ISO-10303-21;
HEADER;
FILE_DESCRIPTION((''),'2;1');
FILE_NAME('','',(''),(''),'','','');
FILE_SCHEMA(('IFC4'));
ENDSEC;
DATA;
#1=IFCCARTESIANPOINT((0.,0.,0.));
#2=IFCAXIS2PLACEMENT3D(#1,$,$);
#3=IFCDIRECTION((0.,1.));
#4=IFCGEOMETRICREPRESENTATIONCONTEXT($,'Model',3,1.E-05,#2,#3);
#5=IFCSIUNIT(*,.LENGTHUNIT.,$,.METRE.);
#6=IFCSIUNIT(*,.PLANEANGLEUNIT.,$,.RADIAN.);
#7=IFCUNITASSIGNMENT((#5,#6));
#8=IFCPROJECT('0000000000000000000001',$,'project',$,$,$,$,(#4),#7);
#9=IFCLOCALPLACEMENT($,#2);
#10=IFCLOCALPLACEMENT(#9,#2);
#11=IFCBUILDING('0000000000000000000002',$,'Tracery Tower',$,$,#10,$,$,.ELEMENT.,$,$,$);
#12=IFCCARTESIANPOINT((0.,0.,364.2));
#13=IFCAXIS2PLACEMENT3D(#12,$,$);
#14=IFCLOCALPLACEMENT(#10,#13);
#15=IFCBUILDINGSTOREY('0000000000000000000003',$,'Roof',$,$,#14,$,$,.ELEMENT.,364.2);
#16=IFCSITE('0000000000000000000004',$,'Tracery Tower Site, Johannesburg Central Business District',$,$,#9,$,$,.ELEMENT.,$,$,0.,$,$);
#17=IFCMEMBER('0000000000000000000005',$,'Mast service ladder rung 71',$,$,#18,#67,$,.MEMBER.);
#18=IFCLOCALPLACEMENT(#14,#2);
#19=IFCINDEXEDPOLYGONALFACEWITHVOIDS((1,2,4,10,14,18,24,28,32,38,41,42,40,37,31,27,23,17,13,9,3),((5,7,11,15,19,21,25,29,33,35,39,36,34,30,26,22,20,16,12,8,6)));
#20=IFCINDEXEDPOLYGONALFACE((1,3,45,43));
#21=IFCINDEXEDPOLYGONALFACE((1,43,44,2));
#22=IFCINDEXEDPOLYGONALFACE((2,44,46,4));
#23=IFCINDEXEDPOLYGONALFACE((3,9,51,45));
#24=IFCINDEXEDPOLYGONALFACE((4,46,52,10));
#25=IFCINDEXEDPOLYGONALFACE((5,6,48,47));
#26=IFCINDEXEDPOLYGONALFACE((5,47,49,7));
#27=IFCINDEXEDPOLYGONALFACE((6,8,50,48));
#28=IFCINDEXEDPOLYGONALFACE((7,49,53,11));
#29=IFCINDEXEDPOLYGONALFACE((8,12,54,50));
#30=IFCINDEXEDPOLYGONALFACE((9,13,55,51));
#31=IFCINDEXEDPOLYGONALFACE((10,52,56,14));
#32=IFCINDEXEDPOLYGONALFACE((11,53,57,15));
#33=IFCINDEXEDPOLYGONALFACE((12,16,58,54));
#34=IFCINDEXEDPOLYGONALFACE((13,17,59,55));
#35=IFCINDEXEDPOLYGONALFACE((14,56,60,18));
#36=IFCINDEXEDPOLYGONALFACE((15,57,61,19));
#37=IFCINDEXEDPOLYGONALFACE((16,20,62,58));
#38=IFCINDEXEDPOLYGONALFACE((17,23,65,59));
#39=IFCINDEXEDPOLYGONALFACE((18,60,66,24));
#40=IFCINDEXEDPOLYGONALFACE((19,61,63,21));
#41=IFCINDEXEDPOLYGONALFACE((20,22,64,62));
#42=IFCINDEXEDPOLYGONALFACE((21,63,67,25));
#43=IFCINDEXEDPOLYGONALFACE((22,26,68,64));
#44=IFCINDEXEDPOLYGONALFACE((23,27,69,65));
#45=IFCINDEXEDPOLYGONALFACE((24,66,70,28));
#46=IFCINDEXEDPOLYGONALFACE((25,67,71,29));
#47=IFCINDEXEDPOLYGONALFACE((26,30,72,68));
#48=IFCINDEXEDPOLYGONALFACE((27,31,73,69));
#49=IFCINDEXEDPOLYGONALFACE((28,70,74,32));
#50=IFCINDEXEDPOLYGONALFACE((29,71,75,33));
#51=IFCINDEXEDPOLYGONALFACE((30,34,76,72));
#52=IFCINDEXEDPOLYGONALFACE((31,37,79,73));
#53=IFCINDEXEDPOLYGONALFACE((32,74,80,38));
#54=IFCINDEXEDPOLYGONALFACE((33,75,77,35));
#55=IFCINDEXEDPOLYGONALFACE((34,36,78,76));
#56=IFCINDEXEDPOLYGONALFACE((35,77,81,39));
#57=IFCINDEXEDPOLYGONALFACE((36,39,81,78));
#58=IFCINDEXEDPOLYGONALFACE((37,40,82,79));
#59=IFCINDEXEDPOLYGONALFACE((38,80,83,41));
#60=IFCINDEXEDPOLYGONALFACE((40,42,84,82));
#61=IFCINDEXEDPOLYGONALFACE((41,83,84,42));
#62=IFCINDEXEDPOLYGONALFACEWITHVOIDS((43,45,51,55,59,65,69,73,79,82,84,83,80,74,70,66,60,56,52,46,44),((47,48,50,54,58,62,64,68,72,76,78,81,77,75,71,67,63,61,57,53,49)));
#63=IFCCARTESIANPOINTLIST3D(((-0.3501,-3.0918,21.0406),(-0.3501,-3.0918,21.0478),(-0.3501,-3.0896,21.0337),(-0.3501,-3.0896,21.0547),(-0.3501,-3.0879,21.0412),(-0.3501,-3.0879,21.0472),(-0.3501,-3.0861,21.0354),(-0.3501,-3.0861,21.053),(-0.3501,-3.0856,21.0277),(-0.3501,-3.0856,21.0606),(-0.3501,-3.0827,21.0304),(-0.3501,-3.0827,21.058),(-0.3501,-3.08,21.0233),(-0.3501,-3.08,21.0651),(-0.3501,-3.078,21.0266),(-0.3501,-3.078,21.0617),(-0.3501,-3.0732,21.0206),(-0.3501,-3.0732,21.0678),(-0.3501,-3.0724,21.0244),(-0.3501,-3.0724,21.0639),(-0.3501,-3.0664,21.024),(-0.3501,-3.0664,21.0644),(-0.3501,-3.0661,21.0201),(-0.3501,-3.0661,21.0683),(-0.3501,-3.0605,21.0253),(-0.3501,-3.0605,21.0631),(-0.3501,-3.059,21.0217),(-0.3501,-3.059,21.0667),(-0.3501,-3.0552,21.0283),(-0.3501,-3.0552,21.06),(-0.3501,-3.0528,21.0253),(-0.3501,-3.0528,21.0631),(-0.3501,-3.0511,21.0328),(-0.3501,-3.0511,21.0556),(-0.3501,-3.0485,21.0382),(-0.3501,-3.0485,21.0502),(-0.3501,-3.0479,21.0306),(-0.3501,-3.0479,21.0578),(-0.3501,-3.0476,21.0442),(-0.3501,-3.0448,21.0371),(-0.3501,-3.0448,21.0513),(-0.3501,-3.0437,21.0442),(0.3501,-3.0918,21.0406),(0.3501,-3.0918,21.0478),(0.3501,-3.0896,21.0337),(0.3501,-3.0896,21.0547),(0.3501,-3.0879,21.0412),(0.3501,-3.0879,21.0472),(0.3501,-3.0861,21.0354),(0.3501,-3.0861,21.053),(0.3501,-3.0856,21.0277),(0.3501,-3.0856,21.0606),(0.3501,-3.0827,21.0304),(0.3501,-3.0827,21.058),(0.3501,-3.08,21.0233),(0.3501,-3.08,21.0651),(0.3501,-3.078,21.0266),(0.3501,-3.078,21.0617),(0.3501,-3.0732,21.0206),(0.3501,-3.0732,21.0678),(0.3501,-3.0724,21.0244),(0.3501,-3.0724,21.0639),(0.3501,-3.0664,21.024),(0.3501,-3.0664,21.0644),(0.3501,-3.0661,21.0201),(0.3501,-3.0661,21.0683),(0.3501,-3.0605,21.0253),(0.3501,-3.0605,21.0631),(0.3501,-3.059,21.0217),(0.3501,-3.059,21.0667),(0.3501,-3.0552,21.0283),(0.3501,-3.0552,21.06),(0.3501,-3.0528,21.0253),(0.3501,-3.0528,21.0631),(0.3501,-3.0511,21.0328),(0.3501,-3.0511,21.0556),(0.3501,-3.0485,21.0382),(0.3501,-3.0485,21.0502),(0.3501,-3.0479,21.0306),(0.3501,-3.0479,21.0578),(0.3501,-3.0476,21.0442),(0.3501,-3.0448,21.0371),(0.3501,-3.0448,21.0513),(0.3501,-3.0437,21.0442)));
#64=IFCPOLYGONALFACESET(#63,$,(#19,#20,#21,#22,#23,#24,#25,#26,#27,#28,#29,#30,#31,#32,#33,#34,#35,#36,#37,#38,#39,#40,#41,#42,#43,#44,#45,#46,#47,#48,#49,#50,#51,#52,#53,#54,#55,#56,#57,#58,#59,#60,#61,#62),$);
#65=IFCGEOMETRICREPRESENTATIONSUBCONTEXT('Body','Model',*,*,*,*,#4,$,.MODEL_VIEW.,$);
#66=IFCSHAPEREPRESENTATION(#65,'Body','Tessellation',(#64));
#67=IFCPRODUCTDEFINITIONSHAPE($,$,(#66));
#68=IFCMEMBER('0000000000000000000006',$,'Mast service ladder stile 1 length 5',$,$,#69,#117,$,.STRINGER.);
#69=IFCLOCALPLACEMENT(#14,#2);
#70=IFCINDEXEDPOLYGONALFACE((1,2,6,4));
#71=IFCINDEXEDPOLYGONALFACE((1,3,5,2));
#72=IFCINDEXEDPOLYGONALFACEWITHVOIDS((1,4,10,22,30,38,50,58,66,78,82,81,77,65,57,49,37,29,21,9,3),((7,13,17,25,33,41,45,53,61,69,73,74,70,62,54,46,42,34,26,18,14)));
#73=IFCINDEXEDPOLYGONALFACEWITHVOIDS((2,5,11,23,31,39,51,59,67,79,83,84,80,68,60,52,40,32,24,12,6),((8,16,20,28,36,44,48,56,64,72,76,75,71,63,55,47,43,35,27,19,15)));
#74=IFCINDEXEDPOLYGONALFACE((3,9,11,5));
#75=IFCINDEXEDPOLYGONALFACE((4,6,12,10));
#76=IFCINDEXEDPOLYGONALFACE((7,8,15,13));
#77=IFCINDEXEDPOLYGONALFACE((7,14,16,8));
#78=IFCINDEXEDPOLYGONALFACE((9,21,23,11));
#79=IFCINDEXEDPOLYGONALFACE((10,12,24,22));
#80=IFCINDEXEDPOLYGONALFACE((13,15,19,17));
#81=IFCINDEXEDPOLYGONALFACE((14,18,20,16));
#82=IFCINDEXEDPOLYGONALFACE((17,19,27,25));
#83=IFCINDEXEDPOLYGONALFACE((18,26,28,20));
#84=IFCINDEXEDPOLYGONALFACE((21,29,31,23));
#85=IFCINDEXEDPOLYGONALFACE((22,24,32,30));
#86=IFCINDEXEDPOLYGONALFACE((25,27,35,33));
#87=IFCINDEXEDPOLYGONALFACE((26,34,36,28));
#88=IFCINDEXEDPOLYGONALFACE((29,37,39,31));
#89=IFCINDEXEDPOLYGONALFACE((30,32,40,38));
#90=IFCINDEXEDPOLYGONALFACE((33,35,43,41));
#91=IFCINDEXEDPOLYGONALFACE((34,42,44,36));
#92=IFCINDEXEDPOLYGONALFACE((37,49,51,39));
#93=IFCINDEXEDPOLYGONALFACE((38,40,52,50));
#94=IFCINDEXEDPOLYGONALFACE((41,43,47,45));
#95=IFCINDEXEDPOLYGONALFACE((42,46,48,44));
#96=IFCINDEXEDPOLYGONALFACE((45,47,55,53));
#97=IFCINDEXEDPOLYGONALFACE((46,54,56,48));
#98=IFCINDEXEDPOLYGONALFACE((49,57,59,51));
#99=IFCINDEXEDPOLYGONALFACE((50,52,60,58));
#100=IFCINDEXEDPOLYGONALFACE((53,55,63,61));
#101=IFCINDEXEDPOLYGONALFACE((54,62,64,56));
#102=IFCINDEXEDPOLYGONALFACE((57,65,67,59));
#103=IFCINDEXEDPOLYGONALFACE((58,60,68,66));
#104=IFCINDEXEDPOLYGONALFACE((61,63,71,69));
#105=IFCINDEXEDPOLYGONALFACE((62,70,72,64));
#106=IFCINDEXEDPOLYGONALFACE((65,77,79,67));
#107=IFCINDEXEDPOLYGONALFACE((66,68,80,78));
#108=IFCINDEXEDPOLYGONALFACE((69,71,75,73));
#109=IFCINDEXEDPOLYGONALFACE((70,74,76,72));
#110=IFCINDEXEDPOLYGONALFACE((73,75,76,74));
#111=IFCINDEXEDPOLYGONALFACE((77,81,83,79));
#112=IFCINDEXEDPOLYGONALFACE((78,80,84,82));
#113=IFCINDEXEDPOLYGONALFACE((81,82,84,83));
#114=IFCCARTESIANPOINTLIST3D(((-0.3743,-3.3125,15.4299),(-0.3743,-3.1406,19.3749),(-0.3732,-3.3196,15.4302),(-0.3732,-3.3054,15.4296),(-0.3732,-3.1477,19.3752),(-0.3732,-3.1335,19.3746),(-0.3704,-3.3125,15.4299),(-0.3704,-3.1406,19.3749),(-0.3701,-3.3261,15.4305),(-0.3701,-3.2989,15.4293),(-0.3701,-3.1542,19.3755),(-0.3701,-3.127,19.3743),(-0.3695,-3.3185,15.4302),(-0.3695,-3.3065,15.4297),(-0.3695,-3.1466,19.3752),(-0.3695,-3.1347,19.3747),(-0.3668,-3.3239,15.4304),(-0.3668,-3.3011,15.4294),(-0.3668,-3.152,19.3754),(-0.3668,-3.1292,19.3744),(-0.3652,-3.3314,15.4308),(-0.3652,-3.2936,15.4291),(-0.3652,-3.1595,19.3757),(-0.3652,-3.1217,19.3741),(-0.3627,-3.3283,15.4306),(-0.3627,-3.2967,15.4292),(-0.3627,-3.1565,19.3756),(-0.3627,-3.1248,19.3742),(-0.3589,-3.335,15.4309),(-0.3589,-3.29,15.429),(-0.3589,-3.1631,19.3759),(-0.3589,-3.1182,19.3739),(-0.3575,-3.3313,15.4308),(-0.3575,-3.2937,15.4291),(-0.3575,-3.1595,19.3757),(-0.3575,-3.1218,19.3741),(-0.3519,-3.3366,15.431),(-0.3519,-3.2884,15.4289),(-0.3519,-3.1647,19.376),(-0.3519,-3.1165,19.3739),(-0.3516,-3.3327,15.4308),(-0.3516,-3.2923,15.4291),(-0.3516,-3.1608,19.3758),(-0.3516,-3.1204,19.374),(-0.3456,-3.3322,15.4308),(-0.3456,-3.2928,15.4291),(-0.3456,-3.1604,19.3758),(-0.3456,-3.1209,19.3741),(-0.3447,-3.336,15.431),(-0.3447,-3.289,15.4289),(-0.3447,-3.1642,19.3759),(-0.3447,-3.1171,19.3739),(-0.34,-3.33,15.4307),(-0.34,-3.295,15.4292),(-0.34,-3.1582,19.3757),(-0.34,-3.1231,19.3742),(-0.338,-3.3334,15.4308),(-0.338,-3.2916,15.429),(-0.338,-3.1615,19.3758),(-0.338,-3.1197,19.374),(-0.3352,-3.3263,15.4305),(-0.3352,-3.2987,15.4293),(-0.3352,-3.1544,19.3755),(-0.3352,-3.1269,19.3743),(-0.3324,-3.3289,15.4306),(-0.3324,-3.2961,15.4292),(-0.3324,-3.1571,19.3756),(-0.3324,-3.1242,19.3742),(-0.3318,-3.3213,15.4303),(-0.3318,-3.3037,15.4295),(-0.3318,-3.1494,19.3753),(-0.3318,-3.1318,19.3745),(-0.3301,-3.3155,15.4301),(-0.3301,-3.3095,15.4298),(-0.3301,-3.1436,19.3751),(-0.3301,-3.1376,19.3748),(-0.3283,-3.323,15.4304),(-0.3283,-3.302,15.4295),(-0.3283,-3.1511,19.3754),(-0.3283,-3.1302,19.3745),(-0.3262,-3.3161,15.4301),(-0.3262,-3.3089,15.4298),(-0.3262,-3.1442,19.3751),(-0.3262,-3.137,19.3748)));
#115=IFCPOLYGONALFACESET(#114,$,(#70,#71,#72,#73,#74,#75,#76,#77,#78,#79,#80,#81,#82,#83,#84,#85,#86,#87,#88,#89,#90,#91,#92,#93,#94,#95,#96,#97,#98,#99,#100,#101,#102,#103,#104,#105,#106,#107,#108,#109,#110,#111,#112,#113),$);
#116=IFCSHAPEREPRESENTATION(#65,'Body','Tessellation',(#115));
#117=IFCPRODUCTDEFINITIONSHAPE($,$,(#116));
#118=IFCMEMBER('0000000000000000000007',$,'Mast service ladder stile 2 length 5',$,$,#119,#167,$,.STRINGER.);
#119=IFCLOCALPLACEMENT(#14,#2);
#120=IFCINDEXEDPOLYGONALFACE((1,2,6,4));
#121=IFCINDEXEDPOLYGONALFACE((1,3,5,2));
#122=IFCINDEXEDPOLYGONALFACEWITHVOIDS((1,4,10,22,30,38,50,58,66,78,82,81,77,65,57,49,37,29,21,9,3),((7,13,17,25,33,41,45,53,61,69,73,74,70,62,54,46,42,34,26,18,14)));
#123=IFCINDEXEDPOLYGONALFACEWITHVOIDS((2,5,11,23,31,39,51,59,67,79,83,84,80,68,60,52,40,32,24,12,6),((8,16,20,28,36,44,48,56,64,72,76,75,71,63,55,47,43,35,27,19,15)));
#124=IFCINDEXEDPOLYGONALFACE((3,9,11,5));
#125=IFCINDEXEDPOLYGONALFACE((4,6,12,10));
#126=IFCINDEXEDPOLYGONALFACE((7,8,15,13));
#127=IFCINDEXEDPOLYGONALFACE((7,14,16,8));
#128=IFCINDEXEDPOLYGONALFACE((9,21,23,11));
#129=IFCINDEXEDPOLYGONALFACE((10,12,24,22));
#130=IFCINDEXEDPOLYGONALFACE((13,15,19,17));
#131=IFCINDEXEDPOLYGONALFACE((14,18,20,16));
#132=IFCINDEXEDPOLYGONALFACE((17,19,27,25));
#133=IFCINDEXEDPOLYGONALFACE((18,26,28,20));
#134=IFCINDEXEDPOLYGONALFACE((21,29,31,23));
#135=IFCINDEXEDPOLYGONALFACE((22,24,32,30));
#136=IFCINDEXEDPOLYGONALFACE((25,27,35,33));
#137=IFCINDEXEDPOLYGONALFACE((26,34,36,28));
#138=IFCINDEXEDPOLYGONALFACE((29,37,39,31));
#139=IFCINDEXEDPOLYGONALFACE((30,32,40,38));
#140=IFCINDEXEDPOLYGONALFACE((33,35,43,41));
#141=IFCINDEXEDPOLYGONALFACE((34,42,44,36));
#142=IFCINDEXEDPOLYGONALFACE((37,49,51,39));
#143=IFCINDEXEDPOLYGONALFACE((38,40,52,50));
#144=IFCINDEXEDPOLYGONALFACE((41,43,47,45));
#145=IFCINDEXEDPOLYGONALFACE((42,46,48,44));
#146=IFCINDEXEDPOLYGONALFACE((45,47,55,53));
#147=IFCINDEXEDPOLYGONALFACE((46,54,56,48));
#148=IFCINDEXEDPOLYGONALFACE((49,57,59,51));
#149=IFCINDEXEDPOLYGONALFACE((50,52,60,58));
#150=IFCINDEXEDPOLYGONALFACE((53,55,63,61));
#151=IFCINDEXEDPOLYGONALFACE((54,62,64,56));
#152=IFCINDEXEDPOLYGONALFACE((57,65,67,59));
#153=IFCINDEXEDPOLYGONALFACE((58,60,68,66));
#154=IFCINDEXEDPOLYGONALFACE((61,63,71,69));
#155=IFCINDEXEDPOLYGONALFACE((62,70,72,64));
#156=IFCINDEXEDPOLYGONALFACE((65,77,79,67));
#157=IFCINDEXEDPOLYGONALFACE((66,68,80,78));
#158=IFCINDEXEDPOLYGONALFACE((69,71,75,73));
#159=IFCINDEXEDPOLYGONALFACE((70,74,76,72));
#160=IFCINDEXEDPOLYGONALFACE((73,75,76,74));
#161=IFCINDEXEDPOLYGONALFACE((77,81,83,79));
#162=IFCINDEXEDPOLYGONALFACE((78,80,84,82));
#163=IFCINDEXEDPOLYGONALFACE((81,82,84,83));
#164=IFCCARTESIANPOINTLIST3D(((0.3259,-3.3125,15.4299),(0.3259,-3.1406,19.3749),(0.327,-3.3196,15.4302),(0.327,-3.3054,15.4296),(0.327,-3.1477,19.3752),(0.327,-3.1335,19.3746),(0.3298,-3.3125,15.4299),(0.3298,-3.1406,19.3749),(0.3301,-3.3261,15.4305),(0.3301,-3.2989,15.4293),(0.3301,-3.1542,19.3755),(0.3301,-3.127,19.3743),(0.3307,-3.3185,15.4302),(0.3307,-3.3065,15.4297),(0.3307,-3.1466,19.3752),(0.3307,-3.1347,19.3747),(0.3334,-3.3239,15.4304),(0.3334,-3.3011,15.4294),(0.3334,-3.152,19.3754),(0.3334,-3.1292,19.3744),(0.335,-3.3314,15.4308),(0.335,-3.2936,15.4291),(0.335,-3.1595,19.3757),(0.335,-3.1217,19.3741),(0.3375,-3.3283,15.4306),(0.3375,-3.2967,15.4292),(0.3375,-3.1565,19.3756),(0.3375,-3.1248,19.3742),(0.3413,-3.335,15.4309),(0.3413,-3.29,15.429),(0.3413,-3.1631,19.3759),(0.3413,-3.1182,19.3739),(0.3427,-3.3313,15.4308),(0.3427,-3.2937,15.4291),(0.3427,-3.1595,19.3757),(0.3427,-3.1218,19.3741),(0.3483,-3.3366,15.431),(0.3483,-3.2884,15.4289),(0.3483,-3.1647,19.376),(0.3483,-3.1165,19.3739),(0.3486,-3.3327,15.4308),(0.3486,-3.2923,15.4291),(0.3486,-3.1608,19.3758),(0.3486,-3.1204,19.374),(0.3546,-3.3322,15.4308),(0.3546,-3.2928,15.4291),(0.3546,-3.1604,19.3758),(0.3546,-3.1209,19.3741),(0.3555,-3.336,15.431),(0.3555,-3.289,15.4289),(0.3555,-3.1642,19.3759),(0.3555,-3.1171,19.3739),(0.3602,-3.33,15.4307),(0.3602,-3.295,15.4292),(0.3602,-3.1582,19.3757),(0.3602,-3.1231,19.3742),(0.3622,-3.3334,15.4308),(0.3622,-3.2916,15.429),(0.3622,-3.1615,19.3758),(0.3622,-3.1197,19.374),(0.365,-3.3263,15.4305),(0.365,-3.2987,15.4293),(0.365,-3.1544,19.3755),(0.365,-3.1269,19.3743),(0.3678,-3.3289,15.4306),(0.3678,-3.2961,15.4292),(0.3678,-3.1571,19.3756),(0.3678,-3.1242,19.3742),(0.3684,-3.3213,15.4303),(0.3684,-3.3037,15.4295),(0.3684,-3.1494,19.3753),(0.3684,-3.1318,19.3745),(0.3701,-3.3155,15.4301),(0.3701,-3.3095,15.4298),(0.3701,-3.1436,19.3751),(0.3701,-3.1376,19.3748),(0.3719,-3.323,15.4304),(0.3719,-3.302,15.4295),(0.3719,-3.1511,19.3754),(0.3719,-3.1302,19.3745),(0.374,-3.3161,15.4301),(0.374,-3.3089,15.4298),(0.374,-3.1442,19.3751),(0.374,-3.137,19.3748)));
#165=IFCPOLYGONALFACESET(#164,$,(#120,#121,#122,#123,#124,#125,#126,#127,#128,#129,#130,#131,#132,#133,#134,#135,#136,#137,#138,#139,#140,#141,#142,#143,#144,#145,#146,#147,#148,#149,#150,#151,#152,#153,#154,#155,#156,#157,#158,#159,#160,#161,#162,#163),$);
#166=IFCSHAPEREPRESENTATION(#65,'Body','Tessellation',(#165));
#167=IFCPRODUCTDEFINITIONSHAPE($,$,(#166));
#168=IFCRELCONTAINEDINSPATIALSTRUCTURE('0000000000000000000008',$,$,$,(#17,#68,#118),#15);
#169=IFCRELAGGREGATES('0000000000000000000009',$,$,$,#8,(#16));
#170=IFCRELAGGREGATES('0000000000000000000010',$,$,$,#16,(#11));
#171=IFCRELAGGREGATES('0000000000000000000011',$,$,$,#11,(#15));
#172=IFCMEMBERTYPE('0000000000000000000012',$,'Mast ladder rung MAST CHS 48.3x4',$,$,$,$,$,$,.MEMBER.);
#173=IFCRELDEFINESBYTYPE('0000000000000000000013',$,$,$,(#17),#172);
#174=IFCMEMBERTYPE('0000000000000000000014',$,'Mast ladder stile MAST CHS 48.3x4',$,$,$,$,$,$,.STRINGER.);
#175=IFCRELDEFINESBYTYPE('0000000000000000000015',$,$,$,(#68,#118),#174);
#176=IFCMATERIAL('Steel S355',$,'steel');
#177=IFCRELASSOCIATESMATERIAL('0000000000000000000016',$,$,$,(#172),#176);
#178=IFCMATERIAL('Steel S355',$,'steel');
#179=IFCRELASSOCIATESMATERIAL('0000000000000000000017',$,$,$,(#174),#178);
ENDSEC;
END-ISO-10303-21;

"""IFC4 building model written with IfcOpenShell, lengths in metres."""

from ifc_helpers import new_model, si_unit, direction, frame, origin, origin_2d, place, context, subcontext, project, spatial, hollow_circle, extrude, material, material_profile, profile_set, type_object, element, save


model = new_model("IFC4")

# Units and contexts
model_context = context("Model", 3, precision=1e-05, world=origin(), true_north=direction((0.0, 1.0)))
body_context = subcontext(model_context, "Body", "Model", "MODEL_VIEW")
ifc_project = project(units=[si_unit("LENGTHUNIT", "METRE"), si_unit("PLANEANGLEUNIT", "RADIAN")], contexts=[model_context])

# Site, building, storey
site_placement = place(None, origin())
site = spatial("IfcSite", under=ifc_project, at=site_placement, Name="Tracery Tower Site, Johannesburg Central Business District", CompositionType="ELEMENT", RefElevation=0.0)
building_placement = place(site_placement, origin())
building = spatial("IfcBuilding", under=site, at=building_placement, Name="Tracery Tower", CompositionType="ELEMENT")
storey_placement = place(building_placement, frame((0.0, 0.0, 364.2)))
storey = spatial("IfcBuildingStorey", under=building, at=storey_placement, Name="Roof", CompositionType="ELEMENT", Elevation=364.2)

# Members
ifc_material_1 = material(Name="Steel S355", Category="steel")
ifc_material_profile_1 = material_profile(ifc_material_1, hollow_circle(Radius=0.0242, WallThickness=0.0039, at=origin_2d()), Name="CHS 48.3x4")
ifc_profile_set_1 = profile_set([ifc_material_profile_1], Name="Steel S355")
member_type_1 = type_object("IfcMemberType", Name="Mast ladder rung MAST CHS 48.3x4", PredefinedType="MEMBER", material=ifc_profile_set_1)
for number, where, z_axis, x_axis, name in (
    (1, (-0.3501, -3.0679, 21.0442), (1.0, 0.0, 0.0), (0.0, 1.0, 0.0), "Mast service ladder rung 71"),
):
    element("IfcMember", number, at=place(storey_placement, frame(where, z_axis=z_axis, x_axis=x_axis)), inside=storey, type_object=member_type_1, Name=name, PredefinedType="MEMBER", context=body_context, shape_type="SweptSolid", body=[
        extrude(hollow_circle(Radius=0.0242, WallThickness=0.0039, at=origin_2d()), origin(), (0.0, 0.0, 1.0), 0.7002),
    ])
ifc_material_2 = material(Name="Steel S355", Category="steel")
ifc_material_profile_2 = material_profile(ifc_material_2, hollow_circle(Radius=0.0242, WallThickness=0.0039, at=origin_2d()), Name="CHS 48.3x4")
ifc_profile_set_2 = profile_set([ifc_material_profile_2], Name="Steel S355")
member_type_2 = type_object("IfcMemberType", Name="Mast ladder stile MAST CHS 48.3x4", PredefinedType="STRINGER", material=ifc_profile_set_2)
for number, where, z_axis, x_axis, name in (
    (2, (-0.3501, -3.3125, 15.4299), (0.0, 0.043526, 0.999052), (-1.0, 0.0, 0.0), "Mast service ladder stile 1 length 5"),
    (3, (0.3501, -3.3125, 15.4299), (0.0, 0.043526, 0.999052), (-1.0, 0.0, 0.0), "Mast service ladder stile 2 length 5"),
):
    element("IfcMember", number, at=place(storey_placement, frame(where, z_axis=z_axis, x_axis=x_axis)), inside=storey, type_object=member_type_2, Name=name, PredefinedType="STRINGER", context=body_context, shape_type="SweptSolid", body=[
        extrude(hollow_circle(Radius=0.0242, WallThickness=0.0039, at=origin_2d()), origin(), (0.0, 0.0, 1.0), 3.9487),
    ])

save(model, "model.ifc")
